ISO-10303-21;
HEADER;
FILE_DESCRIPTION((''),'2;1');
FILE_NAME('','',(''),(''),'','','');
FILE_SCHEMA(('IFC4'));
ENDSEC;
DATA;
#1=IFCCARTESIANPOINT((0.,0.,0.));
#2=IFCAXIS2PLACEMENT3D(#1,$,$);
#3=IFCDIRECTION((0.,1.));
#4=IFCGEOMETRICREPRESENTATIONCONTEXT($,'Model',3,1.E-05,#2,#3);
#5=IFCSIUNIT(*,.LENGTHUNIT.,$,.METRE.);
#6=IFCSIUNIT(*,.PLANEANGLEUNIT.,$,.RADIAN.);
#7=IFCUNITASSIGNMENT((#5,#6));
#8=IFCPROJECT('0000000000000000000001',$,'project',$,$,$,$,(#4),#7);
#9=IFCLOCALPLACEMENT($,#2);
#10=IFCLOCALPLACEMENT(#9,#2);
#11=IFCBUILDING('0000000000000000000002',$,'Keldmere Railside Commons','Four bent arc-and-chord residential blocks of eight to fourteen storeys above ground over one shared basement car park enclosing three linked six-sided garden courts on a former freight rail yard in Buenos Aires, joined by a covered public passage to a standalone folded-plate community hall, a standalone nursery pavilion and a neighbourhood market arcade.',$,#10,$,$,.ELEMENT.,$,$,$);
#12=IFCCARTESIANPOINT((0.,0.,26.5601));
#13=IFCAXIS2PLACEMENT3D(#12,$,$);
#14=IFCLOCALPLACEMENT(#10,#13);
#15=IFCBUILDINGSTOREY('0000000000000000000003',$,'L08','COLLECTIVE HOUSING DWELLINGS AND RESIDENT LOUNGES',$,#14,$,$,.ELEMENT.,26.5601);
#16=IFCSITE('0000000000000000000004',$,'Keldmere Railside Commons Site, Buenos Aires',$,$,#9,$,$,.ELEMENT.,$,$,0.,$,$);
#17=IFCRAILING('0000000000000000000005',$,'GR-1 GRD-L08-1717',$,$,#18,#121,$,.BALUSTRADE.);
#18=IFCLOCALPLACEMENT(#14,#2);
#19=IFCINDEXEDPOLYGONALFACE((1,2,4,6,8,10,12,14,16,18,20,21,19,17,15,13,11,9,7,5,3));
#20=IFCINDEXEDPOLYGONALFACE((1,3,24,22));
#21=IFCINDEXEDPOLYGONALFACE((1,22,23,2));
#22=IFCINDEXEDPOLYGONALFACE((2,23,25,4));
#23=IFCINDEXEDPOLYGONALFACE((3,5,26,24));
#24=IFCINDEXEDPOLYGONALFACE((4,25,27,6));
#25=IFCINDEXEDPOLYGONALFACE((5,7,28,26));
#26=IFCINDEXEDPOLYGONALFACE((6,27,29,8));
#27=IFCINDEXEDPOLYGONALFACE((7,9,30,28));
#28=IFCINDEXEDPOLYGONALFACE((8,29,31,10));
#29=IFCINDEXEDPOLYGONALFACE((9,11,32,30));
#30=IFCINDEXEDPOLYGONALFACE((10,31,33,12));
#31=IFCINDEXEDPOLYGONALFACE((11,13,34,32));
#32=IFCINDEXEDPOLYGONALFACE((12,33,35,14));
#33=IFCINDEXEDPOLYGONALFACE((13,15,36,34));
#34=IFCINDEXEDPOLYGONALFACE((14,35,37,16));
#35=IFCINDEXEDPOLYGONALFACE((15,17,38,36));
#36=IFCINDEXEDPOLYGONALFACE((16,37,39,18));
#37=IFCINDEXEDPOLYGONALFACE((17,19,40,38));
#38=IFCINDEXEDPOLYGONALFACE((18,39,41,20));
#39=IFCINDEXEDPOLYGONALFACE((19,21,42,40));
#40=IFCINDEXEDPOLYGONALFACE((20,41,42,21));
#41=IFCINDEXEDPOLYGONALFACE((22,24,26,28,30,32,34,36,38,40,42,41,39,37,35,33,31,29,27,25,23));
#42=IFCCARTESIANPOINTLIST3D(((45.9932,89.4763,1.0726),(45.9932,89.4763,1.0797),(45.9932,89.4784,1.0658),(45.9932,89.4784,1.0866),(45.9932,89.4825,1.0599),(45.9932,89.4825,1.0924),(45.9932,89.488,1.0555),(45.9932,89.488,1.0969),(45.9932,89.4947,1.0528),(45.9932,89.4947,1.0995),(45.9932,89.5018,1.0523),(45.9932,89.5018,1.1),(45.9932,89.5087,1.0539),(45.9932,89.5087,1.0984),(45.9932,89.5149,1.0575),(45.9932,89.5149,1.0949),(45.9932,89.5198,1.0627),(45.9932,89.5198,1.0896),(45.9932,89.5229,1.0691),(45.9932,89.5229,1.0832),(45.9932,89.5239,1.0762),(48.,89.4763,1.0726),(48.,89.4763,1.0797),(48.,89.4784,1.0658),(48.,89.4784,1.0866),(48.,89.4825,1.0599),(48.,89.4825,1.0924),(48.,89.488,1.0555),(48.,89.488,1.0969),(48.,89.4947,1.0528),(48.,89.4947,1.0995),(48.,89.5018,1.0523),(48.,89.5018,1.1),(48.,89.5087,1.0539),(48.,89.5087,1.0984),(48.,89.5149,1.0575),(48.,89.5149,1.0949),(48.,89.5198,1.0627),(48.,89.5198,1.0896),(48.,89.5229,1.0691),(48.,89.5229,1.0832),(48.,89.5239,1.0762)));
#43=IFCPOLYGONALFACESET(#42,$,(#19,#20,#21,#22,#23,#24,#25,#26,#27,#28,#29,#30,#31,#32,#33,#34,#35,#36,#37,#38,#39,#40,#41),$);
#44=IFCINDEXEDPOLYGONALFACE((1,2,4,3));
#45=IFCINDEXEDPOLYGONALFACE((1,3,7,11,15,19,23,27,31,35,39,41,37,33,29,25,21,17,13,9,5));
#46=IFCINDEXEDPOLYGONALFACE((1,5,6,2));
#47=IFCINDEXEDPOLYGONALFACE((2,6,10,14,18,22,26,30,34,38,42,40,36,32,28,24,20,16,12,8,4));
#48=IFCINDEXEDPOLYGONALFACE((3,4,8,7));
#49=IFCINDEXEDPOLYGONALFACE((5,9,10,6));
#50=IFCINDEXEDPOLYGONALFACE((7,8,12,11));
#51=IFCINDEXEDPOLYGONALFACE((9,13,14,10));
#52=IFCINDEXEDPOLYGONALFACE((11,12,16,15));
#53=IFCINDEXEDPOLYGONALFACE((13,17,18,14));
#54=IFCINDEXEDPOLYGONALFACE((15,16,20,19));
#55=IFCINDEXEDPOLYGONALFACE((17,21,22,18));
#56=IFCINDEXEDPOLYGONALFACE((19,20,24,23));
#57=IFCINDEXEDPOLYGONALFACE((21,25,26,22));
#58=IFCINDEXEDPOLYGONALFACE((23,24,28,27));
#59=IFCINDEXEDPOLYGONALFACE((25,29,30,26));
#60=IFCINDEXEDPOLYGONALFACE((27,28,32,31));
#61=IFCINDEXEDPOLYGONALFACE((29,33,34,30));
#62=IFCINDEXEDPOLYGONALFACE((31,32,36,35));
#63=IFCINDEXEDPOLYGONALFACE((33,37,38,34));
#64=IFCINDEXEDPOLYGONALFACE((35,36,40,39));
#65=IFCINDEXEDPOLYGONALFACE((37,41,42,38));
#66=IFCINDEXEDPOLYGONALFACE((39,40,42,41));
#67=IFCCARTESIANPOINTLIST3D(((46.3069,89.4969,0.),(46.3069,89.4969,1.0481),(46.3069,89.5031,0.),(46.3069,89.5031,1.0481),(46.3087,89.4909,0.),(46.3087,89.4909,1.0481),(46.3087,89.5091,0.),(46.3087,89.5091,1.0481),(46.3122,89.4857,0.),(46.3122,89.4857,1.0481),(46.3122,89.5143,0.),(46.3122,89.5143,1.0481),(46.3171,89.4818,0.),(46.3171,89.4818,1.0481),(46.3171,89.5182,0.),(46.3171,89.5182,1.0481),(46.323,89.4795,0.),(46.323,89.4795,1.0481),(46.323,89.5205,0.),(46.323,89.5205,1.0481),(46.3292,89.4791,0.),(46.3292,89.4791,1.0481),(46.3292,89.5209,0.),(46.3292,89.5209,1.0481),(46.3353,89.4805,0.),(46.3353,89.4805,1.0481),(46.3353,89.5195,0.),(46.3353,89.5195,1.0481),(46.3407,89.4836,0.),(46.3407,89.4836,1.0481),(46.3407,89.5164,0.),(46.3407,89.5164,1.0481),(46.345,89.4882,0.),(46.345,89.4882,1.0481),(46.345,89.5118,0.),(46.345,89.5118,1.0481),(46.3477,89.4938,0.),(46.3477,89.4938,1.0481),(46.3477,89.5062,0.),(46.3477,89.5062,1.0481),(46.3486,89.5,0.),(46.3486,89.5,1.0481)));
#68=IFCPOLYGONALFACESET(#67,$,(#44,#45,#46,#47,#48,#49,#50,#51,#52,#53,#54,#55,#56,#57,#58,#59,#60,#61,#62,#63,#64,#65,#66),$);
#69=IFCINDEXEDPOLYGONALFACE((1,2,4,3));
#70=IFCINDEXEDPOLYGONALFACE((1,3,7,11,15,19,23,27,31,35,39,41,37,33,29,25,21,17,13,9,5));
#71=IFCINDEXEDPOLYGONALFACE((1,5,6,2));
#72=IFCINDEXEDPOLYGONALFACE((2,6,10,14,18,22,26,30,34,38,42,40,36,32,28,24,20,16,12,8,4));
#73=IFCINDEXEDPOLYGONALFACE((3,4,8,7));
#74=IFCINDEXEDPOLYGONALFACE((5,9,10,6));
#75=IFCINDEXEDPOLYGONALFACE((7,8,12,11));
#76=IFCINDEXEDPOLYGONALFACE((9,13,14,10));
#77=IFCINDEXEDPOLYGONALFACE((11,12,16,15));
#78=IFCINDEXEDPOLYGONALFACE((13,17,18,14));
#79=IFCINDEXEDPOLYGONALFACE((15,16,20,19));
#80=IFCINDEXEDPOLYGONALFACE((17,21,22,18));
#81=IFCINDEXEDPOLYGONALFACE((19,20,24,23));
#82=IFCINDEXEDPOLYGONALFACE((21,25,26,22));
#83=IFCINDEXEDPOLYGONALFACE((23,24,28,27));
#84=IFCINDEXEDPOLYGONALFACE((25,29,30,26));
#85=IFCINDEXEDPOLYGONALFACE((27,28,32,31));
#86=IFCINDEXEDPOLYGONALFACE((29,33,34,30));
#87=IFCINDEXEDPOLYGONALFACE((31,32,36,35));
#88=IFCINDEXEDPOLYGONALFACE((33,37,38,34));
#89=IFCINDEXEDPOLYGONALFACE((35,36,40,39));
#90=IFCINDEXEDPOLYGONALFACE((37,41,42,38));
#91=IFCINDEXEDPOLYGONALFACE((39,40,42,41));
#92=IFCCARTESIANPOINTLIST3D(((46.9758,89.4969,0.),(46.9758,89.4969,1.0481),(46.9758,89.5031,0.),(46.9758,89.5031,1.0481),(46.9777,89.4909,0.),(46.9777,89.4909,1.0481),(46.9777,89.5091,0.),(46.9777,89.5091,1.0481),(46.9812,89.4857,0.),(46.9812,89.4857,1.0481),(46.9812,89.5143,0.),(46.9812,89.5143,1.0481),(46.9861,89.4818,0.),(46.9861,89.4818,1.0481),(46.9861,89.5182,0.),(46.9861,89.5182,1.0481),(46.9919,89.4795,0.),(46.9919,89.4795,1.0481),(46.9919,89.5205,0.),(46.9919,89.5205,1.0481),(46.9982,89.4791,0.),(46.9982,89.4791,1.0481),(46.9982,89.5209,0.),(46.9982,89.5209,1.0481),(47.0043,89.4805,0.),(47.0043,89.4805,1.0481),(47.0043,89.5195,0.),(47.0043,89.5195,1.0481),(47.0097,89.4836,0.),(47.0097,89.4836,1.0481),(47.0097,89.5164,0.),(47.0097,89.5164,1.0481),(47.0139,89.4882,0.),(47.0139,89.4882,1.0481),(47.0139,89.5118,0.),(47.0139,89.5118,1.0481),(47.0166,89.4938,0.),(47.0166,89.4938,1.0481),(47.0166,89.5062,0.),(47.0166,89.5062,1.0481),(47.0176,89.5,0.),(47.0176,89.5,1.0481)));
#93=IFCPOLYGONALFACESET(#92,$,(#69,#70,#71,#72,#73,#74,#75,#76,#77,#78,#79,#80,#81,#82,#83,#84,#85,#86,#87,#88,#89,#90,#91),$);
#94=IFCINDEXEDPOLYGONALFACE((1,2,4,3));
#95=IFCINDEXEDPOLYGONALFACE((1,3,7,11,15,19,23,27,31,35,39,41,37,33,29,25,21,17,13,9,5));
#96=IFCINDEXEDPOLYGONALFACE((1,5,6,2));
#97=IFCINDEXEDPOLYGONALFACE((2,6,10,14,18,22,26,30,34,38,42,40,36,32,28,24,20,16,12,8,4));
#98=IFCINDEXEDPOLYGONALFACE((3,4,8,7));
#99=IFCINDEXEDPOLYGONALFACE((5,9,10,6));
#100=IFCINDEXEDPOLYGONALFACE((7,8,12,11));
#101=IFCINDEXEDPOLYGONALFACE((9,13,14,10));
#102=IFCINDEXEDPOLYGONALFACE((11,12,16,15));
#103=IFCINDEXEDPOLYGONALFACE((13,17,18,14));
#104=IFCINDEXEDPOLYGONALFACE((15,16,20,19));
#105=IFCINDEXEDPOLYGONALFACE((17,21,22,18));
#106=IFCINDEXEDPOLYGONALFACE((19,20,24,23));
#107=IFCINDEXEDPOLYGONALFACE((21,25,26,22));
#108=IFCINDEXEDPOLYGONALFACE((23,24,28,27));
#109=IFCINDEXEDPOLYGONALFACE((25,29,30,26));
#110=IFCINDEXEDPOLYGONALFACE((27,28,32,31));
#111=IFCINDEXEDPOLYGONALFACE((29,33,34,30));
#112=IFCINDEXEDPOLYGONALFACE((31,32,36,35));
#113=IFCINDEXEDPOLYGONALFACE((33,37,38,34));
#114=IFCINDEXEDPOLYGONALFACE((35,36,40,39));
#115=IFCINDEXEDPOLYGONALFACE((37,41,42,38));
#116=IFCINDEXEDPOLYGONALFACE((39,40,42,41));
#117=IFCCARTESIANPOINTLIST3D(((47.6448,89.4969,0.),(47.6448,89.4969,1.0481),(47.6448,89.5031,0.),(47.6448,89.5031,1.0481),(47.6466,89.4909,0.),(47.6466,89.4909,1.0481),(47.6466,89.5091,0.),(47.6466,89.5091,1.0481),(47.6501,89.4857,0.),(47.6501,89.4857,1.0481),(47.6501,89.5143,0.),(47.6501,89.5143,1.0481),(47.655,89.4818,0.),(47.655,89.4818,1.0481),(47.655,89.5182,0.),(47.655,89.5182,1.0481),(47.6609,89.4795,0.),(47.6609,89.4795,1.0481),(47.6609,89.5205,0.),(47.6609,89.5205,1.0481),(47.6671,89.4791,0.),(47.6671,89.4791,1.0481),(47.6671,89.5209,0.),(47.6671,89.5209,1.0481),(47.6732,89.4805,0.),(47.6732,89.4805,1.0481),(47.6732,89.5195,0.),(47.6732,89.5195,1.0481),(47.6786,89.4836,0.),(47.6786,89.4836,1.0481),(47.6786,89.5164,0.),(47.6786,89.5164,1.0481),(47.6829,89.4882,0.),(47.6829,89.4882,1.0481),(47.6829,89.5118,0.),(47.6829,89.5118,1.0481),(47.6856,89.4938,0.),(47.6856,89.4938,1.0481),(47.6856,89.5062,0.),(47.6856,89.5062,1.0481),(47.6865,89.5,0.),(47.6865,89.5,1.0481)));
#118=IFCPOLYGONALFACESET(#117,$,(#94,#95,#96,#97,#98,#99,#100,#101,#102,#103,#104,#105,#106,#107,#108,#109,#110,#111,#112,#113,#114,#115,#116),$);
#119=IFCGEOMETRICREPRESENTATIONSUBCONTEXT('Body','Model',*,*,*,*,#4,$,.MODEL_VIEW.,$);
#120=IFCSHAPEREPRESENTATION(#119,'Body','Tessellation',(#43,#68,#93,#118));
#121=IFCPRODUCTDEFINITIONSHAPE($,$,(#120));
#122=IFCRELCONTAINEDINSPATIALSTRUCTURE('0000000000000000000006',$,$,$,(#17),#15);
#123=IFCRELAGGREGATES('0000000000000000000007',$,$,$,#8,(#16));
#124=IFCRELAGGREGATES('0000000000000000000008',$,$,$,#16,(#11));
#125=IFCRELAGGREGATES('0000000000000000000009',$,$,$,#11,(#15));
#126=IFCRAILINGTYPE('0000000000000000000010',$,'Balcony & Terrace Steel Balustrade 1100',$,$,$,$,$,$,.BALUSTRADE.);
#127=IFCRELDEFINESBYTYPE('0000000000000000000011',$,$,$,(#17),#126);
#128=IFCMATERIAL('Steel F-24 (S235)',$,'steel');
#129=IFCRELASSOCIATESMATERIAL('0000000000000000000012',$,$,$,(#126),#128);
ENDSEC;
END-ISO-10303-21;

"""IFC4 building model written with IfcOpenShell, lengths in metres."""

from ifc_helpers import new_model, si_unit, direction, frame, origin, origin_2d, place, context, subcontext, project, spatial, circle, extrude, material, type_object, element, save


model = new_model("IFC4")

# Units and contexts
model_context = context("Model", 3, precision=1e-05, world=origin(), true_north=direction((0.0, 1.0)))
body_context = subcontext(model_context, "Body", "Model", "MODEL_VIEW")
ifc_project = project(units=[si_unit("LENGTHUNIT", "METRE"), si_unit("PLANEANGLEUNIT", "RADIAN")], contexts=[model_context])

# Site, building, storey
site_placement = place(None, origin())
site = spatial("IfcSite", under=ifc_project, at=site_placement, Name="Keldmere Railside Commons Site, Buenos Aires", CompositionType="ELEMENT", RefElevation=0.0)
building_placement = place(site_placement, origin())
building = spatial("IfcBuilding", under=site, at=building_placement, Name="Keldmere Railside Commons", Description="Four bent arc-and-chord residential blocks of eight to fourteen storeys above ground over one shared basement car park enclosing three linked six-sided garden courts on a former freight rail yard in Buenos Aires, joined by a covered public passage to a standalone folded-plate community hall, a standalone nursery pavilion and a neighbourhood market arcade.", CompositionType="ELEMENT")
storey_placement = place(building_placement, frame((0.0, 0.0, 26.5601)))
storey = spatial("IfcBuildingStorey", under=building, at=storey_placement, Name="L08", Description="COLLECTIVE HOUSING DWELLINGS AND RESIDENT LOUNGES", CompositionType="ELEMENT", Elevation=26.5601)

# Railing
ifc_material_1 = material(Name="Steel F-24 (S235)", Category="steel")
railing_type = type_object("IfcRailingType", Name="Balcony & Terrace Steel Balustrade 1100", PredefinedType="BALUSTRADE", material=ifc_material_1)
railing_1_placement = place(storey_placement, frame((45.9932, 89.5, 0.0)))
element("IfcRailing", 1, at=railing_1_placement, inside=storey, type_object=railing_type, Name="GR-1 GRD-L08-1717", PredefinedType="BALUSTRADE", context=body_context, shape_type="SweptSolid", body=[
    extrude(circle(Radius=0.0239, at=origin_2d()), frame((0.0, 0.0, 1.0762), z_axis=(1.0, 0.0, 0.0), x_axis=(0.0, 1.0, 0.0)), (0.0, 0.0, 1.0), 2.0068),
    extrude(circle(Radius=0.021, at=origin_2d()), frame((0.3345, 0.0, 0.0)), (0.0, 0.0, 1.0), 1.0481),
    extrude(circle(Radius=0.021, at=origin_2d()), frame((1.0034, 0.0, 0.0)), (0.0, 0.0, 1.0), 1.0481),
    extrude(circle(Radius=0.021, at=origin_2d()), frame((1.6724, 0.0, 0.0)), (0.0, 0.0, 1.0), 1.0481),
])

save(model, "model.ifc")
